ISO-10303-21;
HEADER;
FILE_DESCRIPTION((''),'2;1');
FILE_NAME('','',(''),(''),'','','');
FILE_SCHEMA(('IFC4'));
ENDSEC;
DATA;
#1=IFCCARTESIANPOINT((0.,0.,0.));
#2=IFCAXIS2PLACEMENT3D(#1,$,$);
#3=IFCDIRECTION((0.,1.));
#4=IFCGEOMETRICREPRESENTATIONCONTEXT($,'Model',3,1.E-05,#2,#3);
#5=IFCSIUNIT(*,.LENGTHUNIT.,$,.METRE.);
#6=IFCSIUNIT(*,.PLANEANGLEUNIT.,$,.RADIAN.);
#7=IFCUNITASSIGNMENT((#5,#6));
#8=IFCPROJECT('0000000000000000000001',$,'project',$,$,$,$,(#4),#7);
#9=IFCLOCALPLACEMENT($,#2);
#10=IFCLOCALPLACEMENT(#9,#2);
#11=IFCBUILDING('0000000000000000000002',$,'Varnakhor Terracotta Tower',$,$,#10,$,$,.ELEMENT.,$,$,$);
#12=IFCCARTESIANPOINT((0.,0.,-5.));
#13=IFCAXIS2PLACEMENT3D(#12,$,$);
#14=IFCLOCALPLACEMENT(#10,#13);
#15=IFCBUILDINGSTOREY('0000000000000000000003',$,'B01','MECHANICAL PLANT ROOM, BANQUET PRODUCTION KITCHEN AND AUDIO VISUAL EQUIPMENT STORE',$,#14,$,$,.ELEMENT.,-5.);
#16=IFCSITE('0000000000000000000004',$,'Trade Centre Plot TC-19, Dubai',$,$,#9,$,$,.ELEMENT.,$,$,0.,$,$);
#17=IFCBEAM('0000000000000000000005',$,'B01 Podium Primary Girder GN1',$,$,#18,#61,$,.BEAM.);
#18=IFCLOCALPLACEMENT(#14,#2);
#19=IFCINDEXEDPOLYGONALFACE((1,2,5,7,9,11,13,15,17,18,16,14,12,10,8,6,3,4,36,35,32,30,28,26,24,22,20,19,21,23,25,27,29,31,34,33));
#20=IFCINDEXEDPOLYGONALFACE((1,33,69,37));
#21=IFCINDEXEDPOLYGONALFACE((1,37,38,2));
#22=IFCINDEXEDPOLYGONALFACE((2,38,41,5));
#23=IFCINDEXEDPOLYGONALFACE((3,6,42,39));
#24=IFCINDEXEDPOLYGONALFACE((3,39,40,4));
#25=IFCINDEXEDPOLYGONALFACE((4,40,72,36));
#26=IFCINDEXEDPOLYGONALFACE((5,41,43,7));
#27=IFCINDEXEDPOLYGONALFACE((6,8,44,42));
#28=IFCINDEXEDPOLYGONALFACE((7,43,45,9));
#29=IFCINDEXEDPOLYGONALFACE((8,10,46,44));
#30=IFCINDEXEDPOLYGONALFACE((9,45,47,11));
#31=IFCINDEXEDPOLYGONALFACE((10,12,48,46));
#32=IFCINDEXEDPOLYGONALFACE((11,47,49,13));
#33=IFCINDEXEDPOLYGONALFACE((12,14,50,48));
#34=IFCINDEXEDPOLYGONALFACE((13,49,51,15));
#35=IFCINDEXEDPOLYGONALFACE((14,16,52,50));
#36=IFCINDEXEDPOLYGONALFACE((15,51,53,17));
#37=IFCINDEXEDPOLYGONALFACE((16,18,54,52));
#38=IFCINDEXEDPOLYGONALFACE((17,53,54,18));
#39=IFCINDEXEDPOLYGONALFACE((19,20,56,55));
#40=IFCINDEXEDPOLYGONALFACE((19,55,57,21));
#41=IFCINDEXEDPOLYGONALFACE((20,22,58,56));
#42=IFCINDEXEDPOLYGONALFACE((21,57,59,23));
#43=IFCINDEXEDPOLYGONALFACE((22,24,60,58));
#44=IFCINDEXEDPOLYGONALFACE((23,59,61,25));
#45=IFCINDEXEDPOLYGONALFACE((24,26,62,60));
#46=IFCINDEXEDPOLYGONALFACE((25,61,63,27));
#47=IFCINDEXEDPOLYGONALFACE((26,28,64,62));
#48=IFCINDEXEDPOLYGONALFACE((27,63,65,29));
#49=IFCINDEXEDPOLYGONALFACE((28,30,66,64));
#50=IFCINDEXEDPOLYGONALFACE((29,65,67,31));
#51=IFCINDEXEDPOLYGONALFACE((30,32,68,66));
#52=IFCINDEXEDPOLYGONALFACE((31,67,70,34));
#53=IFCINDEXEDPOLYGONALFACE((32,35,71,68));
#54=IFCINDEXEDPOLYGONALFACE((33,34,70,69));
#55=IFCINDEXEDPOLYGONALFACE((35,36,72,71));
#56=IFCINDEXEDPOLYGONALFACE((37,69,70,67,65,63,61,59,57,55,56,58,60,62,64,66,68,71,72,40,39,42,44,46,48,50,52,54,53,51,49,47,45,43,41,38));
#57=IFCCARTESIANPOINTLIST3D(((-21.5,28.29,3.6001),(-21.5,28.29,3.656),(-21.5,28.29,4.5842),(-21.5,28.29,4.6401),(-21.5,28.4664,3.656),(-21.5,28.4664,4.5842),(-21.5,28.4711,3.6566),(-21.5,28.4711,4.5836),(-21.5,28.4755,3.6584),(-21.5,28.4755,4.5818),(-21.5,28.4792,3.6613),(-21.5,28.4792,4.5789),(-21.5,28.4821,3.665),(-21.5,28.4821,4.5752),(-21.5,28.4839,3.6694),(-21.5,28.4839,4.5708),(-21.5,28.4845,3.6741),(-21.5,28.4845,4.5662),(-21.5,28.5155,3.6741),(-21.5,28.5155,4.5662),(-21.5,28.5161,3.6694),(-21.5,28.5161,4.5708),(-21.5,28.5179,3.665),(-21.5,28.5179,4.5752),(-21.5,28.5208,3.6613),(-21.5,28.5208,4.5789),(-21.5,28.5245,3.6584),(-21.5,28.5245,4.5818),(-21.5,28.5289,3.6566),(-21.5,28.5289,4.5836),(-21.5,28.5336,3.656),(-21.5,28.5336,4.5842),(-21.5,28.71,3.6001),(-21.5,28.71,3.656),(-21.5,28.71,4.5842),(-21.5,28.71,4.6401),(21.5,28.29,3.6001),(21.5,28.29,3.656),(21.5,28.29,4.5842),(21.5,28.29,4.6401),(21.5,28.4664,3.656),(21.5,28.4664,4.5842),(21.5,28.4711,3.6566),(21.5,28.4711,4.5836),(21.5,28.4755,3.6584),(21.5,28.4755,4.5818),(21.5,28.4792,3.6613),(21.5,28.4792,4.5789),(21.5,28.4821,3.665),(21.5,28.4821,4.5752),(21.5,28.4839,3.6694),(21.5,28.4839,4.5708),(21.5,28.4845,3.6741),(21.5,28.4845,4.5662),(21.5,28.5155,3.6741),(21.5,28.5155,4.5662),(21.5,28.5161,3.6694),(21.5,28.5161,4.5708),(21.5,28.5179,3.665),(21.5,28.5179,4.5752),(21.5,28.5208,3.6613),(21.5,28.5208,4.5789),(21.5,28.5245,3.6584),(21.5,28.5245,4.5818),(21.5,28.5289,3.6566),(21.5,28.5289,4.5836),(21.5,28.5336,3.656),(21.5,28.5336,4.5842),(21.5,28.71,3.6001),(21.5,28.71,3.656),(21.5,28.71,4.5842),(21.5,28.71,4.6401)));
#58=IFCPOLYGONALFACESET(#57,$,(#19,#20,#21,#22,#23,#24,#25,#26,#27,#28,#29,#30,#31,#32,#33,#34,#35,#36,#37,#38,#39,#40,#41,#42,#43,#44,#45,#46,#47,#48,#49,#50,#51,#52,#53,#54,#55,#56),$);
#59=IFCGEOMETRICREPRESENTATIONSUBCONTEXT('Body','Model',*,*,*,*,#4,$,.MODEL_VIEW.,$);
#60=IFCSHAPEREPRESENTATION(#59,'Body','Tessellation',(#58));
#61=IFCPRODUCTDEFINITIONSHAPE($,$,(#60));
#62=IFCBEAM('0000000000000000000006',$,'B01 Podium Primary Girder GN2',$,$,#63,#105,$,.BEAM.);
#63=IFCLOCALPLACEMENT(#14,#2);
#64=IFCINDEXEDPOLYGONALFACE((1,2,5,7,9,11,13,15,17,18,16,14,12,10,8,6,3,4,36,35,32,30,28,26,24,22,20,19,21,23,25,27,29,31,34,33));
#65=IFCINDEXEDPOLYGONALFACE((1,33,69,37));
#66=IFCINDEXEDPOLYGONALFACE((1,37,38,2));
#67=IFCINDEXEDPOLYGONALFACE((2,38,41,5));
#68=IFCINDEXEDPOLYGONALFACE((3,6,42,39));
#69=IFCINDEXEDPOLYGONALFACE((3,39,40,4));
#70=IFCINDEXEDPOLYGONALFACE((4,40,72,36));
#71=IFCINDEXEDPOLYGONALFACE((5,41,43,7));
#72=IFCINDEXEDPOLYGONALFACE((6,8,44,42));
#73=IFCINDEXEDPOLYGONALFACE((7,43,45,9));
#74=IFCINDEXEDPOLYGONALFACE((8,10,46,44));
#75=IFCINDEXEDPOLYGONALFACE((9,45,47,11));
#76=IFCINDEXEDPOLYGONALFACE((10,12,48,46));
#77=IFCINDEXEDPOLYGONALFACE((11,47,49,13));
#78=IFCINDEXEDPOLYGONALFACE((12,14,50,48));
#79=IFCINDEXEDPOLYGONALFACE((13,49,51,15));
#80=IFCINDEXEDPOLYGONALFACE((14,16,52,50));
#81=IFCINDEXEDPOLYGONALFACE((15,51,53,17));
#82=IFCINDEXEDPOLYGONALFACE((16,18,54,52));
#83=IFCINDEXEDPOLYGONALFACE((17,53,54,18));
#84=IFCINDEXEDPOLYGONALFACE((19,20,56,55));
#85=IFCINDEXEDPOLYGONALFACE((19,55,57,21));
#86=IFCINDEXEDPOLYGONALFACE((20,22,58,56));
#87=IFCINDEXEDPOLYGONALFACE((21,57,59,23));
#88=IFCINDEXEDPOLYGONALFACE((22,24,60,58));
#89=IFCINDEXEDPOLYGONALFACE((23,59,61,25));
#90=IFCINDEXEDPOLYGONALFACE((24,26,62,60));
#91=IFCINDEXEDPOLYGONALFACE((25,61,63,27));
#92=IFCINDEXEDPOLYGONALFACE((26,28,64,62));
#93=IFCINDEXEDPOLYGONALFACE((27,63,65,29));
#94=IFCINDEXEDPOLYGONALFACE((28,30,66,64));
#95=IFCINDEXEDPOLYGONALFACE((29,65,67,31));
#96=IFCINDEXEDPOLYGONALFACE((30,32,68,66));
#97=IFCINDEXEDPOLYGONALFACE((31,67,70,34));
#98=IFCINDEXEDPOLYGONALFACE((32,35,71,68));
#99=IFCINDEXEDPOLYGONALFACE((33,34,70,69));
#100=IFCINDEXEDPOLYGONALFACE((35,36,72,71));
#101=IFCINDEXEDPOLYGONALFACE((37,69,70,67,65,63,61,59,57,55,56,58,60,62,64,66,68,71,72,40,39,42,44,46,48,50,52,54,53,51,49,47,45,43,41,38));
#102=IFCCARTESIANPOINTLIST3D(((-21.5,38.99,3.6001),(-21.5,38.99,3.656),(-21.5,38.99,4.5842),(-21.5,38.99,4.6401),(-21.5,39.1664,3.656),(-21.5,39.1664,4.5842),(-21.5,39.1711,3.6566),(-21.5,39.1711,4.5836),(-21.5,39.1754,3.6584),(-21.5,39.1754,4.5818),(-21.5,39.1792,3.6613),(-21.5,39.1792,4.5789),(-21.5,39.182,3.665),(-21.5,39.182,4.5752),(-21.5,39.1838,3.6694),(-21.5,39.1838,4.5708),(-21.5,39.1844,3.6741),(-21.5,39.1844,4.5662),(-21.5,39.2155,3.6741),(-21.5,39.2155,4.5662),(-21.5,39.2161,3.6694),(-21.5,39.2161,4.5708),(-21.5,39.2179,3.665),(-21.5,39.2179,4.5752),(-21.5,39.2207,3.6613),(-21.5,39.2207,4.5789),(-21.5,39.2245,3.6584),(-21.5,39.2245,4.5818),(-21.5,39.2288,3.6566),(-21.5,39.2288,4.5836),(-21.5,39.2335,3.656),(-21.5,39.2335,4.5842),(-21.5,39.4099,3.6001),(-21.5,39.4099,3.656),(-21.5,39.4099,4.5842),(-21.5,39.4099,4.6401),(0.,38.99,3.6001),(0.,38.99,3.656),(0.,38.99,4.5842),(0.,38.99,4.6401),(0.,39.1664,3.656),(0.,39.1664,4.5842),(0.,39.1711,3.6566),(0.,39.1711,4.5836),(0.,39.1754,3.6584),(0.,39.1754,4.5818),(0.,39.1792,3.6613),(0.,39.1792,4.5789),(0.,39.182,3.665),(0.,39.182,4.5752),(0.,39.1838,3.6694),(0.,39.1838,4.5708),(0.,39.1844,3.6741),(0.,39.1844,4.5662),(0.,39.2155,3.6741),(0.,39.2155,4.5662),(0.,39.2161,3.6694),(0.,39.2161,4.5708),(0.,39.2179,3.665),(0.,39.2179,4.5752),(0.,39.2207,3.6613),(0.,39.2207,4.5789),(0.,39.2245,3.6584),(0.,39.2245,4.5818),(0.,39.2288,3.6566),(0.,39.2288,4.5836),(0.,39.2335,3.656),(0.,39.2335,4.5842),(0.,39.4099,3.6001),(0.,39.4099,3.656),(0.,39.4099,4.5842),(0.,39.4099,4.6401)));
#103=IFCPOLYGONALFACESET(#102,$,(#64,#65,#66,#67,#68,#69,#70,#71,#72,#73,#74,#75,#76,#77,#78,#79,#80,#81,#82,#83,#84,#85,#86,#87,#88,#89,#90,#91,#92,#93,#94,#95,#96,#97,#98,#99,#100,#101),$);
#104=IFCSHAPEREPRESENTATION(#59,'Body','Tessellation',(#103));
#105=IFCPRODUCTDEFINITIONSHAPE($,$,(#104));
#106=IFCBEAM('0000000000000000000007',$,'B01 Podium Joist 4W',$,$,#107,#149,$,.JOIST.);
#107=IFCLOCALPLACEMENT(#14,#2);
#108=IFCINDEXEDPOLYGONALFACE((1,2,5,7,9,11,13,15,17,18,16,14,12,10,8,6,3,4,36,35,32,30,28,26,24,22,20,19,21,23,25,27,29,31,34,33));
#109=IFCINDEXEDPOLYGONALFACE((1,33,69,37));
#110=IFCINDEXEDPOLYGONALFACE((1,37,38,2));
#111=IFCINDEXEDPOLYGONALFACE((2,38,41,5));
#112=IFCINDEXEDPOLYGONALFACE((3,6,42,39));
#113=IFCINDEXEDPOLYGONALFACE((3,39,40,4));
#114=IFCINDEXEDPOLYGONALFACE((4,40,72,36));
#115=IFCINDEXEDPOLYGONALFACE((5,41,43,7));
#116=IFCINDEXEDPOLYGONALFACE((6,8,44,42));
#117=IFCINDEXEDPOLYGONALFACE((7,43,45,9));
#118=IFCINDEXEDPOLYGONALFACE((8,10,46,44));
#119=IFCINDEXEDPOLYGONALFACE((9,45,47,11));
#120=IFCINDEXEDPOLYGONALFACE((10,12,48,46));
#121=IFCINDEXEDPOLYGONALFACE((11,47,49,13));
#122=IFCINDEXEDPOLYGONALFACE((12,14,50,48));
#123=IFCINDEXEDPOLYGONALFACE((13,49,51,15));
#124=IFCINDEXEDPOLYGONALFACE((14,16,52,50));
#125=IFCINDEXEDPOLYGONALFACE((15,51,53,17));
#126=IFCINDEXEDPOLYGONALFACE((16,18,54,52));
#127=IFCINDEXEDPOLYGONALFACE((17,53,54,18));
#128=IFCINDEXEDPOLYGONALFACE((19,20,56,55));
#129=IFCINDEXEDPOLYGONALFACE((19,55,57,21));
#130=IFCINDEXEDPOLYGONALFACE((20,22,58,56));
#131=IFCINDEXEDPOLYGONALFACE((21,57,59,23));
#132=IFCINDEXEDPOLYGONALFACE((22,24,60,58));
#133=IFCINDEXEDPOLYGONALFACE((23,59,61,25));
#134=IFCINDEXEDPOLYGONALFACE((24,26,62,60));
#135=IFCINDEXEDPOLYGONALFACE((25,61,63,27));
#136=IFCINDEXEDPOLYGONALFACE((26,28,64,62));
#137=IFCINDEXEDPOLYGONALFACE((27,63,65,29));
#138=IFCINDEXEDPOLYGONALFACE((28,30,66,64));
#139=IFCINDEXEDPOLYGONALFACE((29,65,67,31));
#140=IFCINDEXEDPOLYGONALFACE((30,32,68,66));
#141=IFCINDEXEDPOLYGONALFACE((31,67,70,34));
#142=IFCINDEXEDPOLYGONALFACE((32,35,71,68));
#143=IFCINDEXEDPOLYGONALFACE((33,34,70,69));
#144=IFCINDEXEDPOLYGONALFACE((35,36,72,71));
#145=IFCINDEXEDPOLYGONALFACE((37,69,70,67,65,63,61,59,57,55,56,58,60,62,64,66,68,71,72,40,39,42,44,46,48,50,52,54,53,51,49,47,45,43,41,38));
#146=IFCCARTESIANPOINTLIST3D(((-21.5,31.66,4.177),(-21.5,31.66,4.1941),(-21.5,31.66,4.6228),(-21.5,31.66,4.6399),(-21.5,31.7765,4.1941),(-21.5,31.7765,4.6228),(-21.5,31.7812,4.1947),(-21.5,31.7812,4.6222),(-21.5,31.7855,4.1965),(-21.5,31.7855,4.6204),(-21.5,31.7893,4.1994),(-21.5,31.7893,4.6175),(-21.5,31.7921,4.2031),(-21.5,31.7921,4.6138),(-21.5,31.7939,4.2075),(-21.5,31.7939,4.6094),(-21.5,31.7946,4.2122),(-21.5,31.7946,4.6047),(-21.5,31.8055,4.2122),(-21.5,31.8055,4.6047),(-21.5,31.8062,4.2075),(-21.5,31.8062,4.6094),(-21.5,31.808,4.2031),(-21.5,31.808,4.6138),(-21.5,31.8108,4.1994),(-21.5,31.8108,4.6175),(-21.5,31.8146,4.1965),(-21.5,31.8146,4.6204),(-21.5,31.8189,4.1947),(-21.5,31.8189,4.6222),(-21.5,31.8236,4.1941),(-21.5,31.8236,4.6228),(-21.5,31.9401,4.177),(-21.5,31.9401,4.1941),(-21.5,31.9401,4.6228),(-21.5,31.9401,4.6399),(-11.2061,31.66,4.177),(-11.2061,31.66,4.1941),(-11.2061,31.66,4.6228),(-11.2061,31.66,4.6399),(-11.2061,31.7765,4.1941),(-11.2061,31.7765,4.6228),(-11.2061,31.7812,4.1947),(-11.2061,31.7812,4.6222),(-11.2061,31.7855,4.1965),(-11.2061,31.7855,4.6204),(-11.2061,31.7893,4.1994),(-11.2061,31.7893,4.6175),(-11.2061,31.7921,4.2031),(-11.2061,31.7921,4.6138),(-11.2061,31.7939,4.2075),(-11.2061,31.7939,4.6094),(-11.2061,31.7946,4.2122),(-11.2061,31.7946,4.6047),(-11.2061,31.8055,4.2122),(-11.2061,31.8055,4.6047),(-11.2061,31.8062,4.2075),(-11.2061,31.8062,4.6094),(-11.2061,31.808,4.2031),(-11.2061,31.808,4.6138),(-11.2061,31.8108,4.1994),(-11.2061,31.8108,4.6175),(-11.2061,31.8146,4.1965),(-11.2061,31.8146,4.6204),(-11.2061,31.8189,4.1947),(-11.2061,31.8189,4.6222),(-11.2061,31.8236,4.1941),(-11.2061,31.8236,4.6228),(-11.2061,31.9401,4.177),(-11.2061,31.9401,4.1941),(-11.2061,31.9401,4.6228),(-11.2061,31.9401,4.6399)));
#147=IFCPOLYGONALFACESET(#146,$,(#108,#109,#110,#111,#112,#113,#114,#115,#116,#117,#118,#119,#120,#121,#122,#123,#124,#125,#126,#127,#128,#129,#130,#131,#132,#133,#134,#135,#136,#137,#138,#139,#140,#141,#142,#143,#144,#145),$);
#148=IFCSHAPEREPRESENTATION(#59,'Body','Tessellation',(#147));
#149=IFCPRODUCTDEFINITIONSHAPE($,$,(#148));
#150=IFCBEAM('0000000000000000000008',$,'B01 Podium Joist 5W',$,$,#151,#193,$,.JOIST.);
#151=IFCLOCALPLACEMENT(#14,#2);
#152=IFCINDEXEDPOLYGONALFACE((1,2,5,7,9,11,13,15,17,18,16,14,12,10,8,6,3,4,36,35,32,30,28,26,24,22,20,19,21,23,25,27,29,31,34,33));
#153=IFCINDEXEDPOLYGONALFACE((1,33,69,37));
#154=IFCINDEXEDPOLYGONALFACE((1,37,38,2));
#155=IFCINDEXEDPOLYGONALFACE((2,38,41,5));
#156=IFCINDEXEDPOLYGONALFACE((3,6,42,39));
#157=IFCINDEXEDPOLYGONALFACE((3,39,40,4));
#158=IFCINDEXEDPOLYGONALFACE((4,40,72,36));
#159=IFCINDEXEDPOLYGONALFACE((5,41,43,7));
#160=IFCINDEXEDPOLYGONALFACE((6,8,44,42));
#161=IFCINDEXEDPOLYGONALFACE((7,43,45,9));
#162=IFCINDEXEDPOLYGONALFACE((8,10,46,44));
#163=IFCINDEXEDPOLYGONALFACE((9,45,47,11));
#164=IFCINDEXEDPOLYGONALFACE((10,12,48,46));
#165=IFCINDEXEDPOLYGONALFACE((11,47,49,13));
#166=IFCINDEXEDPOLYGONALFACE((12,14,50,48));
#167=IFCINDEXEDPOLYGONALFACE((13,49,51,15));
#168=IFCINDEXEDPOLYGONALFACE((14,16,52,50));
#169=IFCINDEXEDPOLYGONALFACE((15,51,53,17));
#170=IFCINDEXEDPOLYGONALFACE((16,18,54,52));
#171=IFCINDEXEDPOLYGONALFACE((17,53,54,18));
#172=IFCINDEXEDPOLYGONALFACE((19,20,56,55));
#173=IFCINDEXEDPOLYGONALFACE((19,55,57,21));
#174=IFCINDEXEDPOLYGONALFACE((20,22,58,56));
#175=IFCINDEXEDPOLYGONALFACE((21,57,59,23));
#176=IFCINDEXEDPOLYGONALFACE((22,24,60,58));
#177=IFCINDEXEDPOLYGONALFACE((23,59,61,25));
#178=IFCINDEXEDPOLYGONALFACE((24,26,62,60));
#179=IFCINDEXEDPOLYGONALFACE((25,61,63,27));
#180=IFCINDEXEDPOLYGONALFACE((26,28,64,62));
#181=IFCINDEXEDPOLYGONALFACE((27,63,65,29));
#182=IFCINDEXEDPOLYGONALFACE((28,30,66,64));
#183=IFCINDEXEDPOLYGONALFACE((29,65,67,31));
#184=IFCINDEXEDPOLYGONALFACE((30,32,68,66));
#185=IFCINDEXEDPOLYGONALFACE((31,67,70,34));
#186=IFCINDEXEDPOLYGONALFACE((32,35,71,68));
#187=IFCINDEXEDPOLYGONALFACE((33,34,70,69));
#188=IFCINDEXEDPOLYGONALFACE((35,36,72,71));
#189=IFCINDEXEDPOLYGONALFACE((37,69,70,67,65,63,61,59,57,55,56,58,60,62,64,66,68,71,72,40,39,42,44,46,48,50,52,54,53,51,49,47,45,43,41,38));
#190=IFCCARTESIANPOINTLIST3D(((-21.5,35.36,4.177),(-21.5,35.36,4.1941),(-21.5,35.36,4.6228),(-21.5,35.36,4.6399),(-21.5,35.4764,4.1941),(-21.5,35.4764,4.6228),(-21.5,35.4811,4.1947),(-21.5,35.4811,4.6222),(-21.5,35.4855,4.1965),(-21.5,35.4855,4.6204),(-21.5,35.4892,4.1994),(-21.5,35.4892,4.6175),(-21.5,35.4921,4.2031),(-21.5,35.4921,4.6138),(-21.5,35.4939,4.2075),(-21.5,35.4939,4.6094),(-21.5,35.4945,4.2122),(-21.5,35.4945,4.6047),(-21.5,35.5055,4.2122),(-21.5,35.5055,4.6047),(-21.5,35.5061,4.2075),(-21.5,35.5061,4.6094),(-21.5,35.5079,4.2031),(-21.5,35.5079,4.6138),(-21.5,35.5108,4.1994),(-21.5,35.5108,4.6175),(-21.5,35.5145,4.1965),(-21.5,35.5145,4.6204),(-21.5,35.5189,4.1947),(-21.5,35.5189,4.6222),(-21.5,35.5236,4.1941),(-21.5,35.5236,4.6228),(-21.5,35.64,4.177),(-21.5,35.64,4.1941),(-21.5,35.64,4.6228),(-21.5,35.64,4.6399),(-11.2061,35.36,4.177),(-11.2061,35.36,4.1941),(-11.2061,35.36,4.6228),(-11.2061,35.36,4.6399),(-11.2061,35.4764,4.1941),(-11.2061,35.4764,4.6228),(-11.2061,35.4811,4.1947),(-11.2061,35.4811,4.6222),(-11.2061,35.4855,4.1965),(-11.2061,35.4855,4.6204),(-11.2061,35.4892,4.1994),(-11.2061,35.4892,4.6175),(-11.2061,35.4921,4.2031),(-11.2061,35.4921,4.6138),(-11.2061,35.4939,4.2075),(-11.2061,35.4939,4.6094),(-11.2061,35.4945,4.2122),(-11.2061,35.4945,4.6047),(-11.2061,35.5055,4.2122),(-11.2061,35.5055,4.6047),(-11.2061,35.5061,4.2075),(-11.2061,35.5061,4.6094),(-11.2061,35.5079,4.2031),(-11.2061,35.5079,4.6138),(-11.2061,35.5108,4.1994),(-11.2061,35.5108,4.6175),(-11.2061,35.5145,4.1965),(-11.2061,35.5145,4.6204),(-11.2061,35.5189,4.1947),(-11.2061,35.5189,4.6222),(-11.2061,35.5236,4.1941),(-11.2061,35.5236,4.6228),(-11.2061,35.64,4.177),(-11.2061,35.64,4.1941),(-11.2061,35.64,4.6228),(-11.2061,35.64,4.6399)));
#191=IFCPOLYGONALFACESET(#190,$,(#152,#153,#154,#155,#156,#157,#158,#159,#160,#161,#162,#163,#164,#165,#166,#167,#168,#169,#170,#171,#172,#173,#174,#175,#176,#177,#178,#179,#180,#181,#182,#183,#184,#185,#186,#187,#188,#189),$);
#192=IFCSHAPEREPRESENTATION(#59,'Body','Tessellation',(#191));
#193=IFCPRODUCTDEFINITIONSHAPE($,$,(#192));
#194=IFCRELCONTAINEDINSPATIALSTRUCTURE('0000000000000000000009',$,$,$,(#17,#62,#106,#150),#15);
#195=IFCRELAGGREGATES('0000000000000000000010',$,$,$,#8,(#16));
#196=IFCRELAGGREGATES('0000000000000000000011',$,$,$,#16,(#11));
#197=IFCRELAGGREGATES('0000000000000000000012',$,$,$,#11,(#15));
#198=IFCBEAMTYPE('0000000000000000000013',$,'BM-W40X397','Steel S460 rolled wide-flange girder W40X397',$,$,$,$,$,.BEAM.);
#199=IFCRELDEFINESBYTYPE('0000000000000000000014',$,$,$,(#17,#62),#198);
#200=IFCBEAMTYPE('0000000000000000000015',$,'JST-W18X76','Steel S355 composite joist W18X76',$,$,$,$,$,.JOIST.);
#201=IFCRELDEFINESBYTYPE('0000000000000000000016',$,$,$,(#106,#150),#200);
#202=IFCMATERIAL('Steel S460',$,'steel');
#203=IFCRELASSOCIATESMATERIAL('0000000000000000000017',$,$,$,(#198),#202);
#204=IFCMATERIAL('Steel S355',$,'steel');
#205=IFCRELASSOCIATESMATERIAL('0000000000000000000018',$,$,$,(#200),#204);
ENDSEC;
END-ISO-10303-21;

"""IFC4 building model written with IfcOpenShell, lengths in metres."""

from ifc_helpers import new_model, si_unit, direction, frame, origin, origin_2d, place, context, subcontext, project, spatial, i_section, extrude, source, transform, mapped, material, material_profile, profile_set, type_object, type_shapes, element, save


model = new_model("IFC4")

# Units and contexts
model_context = context("Model", 3, precision=1e-05, world=origin(), true_north=direction((0.0, 1.0)))
body_context = subcontext(model_context, "Body", "Model", "MODEL_VIEW")
ifc_project = project(units=[si_unit("LENGTHUNIT", "METRE"), si_unit("PLANEANGLEUNIT", "RADIAN")], contexts=[model_context])

# Site, building, storey
site_placement = place(None, origin())
site = spatial("IfcSite", under=ifc_project, at=site_placement, Name="Trade Centre Plot TC-19, Dubai", CompositionType="ELEMENT", RefElevation=0.0)
building_placement = place(site_placement, origin())
building = spatial("IfcBuilding", under=site, at=building_placement, Name="Varnakhor Terracotta Tower", CompositionType="ELEMENT")
storey_placement = place(building_placement, frame((0.0, 0.0, -5.0)))
storey = spatial("IfcBuildingStorey", under=building, at=storey_placement, Name="B01", Description="MECHANICAL PLANT ROOM, BANQUET PRODUCTION KITCHEN AND AUDIO VISUAL EQUIPMENT STORE", CompositionType="ELEMENT", Elevation=-5.0)

# Shared definitions
ifc_material_1 = material(Name="Steel S355", Category="steel")
ifc_material_2 = material(Name="Steel S460", Category="steel")

# Beams
ifc_material_profile_1 = material_profile(ifc_material_2, i_section(OverallWidth=0.4199, OverallDepth=1.04, WebThickness=0.031, FlangeThickness=0.0559, FilletRadius=0.0181, at=origin_2d()), Name="W40X397")
ifc_profile_set_1 = profile_set([ifc_material_profile_1], Name="Steel S460")
beam_type_1 = type_object("IfcBeamType", Name="BM-W40X397", Description="Steel S460 rolled wide-flange girder W40X397", PredefinedType="BEAM", material=ifc_profile_set_1)
shared_shape_1 = source(origin(), body_context, "Body", "SweptSolid", [
    extrude(i_section(OverallWidth=0.4199, OverallDepth=1.04, WebThickness=0.031, FlangeThickness=0.0559, FilletRadius=0.0181, at=origin_2d()), origin(), (0.0, 0.0, 1.0), 43.0),
])
beam_1_placement = place(storey_placement, frame((-21.5, 28.5, 4.1201), z_axis=(1.0, 0.0, 0.0), x_axis=(0.0, 1.0, 0.0)))
element("IfcBeam", 1, at=beam_1_placement, inside=storey, type_object=beam_type_1, Name="B01 Podium Primary Girder GN1", PredefinedType="BEAM", context=body_context, shape_type="MappedRepresentation", body=[
    mapped(shared_shape_1, transform((0.0, 0.0, 0.0), scale=1.0)),
])
shared_shape_2 = source(origin(), body_context, "Body", "SweptSolid", [
    extrude(i_section(OverallWidth=0.4199, OverallDepth=1.04, WebThickness=0.031, FlangeThickness=0.0559, FilletRadius=0.0181, at=origin_2d()), origin(), (0.0, 0.0, 1.0), 21.5),
])
beam_2_placement = place(storey_placement, frame((-21.5, 39.2, 4.1201), z_axis=(1.0, 0.0, 0.0), x_axis=(0.0, 1.0, 0.0)))
element("IfcBeam", 2, at=beam_2_placement, inside=storey, type_object=beam_type_1, Name="B01 Podium Primary Girder GN2", PredefinedType="BEAM", context=body_context, shape_type="MappedRepresentation", body=[
    mapped(shared_shape_2, transform((0.0, 0.0, 0.0), scale=1.0)),
])
ifc_material_profile_2 = material_profile(ifc_material_1, i_section(OverallWidth=0.28, OverallDepth=0.4629, WebThickness=0.011, FlangeThickness=0.0171, FilletRadius=0.0181, at=origin_2d()), Name="W18X76")
ifc_profile_set_2 = profile_set([ifc_material_profile_2], Name="Steel S355")
beam_type_2 = type_object("IfcBeamType", Name="JST-W18X76", Description="Steel S355 composite joist W18X76", PredefinedType="JOIST", material=ifc_profile_set_2)
shared_shape_3 = source(origin(), body_context, "Body", "SweptSolid", [
    extrude(i_section(OverallWidth=0.28, OverallDepth=0.4629, WebThickness=0.011, FlangeThickness=0.0171, FilletRadius=0.0181, at=origin_2d()), origin(), (0.0, 0.0, 1.0), 10.2939),
])
type_shapes(beam_type_2, [shared_shape_3])
for number, where, z_axis, x_axis, name in (
    (3, (-21.5, 31.8, 4.4084), (1.0, 0.0, 0.0), (0.0, 1.0, 0.0), "B01 Podium Joist 4W"),
    (4, (-21.5, 35.5, 4.4084), (1.0, 0.0, 0.0), (0.0, 1.0, 0.0), "B01 Podium Joist 5W"),
):
    element("IfcBeam", number, at=place(storey_placement, frame(where, z_axis=z_axis, x_axis=x_axis)), inside=storey, type_object=beam_type_2, Name=name, PredefinedType="JOIST", context=body_context, shape_type="MappedRepresentation", body=[
        mapped(shared_shape_3, transform((0.0, 0.0, 0.0), scale=1.0)),
    ])

save(model, "model.ifc")
